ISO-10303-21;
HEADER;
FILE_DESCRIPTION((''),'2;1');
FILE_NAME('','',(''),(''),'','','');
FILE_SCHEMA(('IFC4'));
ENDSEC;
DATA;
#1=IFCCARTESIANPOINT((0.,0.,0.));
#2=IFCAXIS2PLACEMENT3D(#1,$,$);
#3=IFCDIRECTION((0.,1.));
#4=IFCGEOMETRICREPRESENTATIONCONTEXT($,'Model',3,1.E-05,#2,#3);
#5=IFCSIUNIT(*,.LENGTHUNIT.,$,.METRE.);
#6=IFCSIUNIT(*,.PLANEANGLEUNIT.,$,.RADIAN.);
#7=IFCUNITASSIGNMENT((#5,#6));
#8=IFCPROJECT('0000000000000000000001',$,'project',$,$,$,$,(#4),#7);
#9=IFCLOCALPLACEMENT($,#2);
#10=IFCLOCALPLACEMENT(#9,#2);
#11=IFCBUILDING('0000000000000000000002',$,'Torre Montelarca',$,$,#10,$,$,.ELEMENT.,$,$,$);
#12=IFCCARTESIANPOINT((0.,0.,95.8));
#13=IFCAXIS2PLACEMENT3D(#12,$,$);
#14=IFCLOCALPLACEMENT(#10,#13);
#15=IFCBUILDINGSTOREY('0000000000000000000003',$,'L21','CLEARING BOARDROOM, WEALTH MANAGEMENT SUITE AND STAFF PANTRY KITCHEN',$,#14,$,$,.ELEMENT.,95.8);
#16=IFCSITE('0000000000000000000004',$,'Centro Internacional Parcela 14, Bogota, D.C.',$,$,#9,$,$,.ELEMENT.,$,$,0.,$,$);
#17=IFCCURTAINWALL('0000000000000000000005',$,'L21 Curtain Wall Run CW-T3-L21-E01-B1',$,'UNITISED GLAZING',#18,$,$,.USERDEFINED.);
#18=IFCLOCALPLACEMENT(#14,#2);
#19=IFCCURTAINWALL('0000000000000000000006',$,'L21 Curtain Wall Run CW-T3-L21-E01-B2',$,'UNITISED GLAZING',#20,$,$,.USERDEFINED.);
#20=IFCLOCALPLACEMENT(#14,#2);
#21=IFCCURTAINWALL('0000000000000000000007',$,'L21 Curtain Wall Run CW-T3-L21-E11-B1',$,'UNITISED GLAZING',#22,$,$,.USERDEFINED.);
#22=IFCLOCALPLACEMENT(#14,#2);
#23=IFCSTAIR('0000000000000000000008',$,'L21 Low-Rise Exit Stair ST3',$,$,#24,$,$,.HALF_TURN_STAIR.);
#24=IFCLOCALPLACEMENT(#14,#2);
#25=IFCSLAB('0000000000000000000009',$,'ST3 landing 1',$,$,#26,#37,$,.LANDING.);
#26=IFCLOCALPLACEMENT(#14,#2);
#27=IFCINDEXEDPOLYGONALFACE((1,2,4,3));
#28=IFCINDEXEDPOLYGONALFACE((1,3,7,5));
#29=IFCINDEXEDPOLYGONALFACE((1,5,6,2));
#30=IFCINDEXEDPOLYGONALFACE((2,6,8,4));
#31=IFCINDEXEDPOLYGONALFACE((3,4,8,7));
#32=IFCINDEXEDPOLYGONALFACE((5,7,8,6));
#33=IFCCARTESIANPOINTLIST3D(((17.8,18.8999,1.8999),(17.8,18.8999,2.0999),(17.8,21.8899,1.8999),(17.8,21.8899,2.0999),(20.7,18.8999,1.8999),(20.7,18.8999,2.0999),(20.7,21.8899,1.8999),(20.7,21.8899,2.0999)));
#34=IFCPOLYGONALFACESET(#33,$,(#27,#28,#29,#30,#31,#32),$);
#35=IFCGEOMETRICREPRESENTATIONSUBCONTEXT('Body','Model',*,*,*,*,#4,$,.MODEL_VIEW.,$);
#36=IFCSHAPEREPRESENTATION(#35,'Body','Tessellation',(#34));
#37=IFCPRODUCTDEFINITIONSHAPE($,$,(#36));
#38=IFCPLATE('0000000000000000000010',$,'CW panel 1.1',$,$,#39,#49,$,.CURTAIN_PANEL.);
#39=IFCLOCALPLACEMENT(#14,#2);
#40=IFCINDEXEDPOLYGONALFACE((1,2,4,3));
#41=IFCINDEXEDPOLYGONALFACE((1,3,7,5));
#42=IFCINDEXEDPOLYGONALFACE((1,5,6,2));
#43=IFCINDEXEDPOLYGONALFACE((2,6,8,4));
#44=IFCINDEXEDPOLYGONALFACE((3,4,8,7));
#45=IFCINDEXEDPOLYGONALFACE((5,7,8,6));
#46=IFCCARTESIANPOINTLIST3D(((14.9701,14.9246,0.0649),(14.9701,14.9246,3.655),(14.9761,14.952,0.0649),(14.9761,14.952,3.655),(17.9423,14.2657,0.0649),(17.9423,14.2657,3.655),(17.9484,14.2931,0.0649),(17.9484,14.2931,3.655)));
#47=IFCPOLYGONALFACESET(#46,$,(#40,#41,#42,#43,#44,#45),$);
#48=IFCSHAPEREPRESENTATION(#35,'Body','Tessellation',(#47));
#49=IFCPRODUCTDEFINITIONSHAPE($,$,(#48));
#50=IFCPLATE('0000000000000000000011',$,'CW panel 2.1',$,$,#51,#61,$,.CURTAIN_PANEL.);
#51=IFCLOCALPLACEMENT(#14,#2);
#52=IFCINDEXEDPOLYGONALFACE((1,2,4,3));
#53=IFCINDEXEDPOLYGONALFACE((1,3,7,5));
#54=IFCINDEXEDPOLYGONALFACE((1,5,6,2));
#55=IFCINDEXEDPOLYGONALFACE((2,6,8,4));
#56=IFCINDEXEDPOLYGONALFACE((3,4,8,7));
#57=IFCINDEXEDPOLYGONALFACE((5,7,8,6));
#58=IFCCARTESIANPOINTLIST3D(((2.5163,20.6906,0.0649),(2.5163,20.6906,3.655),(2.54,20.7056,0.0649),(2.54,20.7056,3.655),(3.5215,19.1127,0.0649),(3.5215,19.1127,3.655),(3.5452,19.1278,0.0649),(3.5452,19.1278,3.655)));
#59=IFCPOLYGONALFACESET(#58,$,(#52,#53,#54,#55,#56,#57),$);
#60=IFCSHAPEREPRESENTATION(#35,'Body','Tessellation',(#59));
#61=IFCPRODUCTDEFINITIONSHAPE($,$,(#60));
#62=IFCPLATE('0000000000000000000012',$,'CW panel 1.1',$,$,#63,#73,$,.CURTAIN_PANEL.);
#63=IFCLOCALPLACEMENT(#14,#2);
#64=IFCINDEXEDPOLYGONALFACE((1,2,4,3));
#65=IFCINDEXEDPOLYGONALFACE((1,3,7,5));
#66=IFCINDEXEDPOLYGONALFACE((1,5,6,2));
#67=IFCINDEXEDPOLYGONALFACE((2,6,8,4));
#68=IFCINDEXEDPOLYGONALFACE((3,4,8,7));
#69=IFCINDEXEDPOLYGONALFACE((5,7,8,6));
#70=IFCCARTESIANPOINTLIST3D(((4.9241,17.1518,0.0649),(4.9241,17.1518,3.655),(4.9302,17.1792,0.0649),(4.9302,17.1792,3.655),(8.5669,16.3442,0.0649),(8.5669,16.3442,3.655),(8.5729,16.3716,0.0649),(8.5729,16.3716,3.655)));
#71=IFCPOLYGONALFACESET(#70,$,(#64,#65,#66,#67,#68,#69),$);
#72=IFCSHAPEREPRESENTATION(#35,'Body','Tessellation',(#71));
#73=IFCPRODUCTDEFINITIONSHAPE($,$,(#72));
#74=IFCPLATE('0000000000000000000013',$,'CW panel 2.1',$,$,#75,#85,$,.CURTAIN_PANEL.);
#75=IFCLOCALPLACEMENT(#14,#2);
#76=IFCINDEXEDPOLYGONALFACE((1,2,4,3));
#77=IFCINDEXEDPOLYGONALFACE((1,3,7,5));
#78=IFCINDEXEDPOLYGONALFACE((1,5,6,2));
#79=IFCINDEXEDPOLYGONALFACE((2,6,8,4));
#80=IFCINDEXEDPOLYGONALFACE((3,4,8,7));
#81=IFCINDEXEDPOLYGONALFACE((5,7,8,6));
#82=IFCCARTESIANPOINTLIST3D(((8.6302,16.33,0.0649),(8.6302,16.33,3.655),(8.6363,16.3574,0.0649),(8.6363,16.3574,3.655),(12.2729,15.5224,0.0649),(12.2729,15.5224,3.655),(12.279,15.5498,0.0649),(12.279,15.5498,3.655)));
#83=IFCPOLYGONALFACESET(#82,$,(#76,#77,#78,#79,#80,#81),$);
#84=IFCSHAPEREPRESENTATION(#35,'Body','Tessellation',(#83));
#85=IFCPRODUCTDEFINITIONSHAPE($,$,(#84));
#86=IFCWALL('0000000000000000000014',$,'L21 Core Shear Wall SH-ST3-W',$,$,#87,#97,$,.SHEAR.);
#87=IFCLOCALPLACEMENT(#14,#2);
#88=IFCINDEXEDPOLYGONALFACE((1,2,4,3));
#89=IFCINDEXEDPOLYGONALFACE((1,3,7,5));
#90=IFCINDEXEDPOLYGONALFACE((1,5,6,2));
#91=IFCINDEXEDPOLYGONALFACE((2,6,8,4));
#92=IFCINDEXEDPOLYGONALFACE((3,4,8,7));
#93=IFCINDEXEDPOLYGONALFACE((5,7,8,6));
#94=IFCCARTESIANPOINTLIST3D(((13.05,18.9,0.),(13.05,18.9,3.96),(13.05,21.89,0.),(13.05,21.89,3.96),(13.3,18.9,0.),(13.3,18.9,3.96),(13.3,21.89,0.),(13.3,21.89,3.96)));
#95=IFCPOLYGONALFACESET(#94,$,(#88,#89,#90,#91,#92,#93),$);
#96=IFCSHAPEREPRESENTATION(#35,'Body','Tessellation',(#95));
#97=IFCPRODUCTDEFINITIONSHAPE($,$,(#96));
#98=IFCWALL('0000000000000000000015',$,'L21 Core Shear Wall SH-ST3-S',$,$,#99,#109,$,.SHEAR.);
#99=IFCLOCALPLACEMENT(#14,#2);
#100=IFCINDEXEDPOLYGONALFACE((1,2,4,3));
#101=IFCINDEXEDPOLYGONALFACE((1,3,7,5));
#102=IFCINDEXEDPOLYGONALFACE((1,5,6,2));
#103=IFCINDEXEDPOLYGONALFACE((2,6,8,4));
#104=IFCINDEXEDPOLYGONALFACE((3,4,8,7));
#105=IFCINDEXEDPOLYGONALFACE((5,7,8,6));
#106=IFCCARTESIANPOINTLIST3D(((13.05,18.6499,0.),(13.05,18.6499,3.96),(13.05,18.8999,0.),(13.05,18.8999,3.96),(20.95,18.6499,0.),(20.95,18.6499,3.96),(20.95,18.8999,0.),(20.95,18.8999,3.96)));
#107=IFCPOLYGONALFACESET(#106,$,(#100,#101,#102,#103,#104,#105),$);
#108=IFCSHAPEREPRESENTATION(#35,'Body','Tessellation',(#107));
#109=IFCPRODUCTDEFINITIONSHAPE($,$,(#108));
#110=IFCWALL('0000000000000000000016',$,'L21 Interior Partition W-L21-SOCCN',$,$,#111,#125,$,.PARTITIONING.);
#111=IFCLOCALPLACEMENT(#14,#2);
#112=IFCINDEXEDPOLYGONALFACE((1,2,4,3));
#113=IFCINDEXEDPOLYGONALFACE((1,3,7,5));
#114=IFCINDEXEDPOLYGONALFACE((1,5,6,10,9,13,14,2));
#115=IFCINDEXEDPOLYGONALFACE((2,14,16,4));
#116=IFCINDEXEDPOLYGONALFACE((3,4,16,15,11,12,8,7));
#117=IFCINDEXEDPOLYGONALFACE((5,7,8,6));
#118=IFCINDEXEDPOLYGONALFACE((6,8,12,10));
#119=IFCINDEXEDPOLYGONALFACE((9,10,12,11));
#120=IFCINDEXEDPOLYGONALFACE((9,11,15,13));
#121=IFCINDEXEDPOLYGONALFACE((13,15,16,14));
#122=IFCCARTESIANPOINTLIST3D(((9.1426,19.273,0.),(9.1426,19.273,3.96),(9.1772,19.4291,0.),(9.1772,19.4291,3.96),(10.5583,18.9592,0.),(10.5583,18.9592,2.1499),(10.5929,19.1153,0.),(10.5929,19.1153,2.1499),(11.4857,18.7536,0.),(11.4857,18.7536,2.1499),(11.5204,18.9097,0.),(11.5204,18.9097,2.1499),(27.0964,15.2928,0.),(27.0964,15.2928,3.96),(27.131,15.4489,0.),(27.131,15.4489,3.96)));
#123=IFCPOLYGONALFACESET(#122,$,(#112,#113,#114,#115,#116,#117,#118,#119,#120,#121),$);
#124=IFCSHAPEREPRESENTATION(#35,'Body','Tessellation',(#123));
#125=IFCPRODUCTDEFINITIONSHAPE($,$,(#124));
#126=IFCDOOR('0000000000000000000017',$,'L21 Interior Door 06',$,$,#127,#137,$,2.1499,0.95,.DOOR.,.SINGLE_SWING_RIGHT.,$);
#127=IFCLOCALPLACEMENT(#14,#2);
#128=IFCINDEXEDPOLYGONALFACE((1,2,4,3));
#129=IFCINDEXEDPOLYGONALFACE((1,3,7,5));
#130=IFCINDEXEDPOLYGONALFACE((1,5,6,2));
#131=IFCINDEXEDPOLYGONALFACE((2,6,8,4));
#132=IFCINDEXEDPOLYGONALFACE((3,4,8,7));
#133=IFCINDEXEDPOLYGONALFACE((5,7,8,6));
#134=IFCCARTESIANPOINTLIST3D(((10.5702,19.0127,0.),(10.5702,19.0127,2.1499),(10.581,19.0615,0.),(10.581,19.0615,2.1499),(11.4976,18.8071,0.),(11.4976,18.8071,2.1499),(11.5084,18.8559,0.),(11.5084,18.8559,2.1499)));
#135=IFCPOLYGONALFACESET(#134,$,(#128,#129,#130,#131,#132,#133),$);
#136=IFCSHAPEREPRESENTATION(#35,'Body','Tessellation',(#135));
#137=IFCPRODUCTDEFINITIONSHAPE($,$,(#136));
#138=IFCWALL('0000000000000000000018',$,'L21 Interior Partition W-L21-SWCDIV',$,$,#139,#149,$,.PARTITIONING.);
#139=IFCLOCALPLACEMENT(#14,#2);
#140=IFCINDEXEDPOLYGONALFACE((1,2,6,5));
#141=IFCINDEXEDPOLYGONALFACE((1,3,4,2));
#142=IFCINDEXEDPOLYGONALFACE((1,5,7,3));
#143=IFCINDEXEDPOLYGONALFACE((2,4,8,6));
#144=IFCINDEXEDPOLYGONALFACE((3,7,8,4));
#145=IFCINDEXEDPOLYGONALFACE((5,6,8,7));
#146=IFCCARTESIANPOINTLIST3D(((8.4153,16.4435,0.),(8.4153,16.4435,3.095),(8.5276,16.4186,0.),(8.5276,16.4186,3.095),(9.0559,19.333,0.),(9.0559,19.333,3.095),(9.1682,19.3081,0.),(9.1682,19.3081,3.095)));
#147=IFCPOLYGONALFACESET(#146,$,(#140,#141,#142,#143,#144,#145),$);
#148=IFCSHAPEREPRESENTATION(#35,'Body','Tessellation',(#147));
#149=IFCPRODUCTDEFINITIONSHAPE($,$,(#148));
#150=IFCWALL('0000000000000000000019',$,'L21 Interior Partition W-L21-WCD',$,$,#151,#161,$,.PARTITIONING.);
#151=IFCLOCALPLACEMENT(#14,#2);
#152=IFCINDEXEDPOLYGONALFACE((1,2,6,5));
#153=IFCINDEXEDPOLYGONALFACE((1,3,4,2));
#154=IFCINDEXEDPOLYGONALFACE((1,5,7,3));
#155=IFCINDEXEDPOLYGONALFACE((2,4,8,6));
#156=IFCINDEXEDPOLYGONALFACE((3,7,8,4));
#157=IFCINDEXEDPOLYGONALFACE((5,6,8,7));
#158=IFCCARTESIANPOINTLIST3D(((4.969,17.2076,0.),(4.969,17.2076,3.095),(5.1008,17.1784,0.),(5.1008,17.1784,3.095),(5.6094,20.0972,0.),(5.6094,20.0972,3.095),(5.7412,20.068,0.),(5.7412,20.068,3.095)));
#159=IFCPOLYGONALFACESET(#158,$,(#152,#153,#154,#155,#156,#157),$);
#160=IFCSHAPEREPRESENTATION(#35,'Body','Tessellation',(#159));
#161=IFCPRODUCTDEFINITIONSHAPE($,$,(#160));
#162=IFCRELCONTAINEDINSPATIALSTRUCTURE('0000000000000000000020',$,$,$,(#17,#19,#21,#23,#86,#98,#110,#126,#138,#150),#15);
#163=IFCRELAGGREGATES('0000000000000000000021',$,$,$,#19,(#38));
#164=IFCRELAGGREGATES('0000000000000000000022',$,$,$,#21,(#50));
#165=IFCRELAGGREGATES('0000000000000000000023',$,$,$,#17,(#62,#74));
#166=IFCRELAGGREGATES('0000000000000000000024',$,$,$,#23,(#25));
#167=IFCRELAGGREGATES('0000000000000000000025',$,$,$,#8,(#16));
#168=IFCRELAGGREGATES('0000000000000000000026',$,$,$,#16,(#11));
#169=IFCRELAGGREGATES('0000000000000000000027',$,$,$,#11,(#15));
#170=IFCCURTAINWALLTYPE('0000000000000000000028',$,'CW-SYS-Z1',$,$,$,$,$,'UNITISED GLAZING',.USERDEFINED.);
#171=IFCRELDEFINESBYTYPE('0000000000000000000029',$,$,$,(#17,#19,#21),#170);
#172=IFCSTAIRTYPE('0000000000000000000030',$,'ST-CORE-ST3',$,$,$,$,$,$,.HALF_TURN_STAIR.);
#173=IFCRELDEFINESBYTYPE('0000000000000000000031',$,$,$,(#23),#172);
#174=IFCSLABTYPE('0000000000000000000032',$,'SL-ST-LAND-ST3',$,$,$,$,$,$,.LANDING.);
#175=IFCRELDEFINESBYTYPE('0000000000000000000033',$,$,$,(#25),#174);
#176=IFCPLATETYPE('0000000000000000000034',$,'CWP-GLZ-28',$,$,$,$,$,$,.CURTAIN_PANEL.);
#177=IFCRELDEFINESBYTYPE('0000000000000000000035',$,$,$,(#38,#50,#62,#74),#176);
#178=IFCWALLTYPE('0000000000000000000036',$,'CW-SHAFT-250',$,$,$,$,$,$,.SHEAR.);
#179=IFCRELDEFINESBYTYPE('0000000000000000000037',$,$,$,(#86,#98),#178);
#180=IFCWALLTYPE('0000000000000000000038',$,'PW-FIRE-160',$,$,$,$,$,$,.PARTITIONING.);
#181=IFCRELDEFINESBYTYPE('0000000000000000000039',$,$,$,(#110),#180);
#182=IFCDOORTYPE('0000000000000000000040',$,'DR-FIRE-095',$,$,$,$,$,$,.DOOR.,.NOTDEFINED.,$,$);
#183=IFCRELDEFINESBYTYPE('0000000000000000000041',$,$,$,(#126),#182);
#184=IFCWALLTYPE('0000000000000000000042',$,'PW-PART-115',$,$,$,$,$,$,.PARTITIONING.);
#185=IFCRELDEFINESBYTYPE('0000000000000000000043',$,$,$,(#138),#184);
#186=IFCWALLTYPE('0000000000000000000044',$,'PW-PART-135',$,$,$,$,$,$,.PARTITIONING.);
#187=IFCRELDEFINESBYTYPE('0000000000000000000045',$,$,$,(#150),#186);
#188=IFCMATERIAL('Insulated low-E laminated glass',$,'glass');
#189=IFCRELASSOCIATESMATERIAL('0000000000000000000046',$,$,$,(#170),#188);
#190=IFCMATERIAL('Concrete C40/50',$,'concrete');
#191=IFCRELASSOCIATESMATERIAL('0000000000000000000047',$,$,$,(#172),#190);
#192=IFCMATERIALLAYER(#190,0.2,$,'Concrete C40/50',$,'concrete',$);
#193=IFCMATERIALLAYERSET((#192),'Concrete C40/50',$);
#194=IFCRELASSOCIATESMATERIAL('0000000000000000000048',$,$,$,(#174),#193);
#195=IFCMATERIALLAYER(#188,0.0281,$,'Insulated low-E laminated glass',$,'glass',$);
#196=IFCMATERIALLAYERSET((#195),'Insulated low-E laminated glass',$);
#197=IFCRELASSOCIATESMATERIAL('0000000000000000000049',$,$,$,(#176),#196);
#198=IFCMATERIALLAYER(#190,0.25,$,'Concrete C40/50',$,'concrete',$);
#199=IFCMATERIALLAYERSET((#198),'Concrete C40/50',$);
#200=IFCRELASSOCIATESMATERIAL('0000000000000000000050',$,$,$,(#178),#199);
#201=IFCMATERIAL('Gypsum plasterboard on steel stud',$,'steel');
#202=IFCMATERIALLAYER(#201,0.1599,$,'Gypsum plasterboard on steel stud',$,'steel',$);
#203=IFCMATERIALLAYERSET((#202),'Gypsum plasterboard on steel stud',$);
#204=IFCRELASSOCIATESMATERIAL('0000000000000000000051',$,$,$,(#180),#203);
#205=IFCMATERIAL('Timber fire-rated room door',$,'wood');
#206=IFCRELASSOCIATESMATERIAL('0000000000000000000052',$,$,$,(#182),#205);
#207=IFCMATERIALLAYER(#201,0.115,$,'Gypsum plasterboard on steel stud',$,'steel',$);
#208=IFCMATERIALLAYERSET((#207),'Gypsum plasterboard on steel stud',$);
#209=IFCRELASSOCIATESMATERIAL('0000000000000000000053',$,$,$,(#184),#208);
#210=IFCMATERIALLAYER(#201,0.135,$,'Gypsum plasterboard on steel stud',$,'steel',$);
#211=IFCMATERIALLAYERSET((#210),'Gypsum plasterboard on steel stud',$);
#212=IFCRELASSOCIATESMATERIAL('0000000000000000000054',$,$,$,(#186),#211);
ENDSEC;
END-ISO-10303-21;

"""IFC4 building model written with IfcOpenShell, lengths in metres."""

from ifc_helpers import new_model, si_unit, direction, frame, frame_2d, origin, origin_2d, place, context, subcontext, project, spatial, polyline, rectangle, outline, extrude, source, transform, mapped, material, layer, layer_set, type_object, element, fill, aggregate, save


model = new_model("IFC4")

# Units and contexts
model_context = context("Model", 3, precision=1e-05, world=origin(), true_north=direction((0.0, 1.0)))
body_context = subcontext(model_context, "Body", "Model", "MODEL_VIEW")
ifc_project = project(units=[si_unit("LENGTHUNIT", "METRE"), si_unit("PLANEANGLEUNIT", "RADIAN")], contexts=[model_context])

# Site, building, storey
site_placement = place(None, origin())
site = spatial("IfcSite", under=ifc_project, at=site_placement, Name="Centro Internacional Parcela 14, Bogota, D.C.", CompositionType="ELEMENT", RefElevation=0.0)
building_placement = place(site_placement, origin())
building = spatial("IfcBuilding", under=site, at=building_placement, Name="Torre Montelarca", CompositionType="ELEMENT")
storey_placement = place(building_placement, frame((0.0, 0.0, 95.8)))
storey = spatial("IfcBuildingStorey", under=building, at=storey_placement, Name="L21", Description="CLEARING BOARDROOM, WEALTH MANAGEMENT SUITE AND STAFF PANTRY KITCHEN", CompositionType="ELEMENT", Elevation=95.8)

# Curtain walls
ifc_material_1 = material(Name="Insulated low-E laminated glass", Category="glass")
curtain_wall_type = type_object("IfcCurtainWallType", Name="CW-SYS-Z1", ElementType="UNITISED GLAZING", PredefinedType="USERDEFINED", material=ifc_material_1)
curtain_wall_1_placement = place(storey_placement, origin())
curtain_wall_1 = element("IfcCurtainWall", 1, at=curtain_wall_1_placement, inside=storey, type_object=curtain_wall_type, Name="L21 Curtain Wall Run CW-T3-L21-E01-B1", ObjectType="UNITISED GLAZING", PredefinedType="USERDEFINED")
curtain_wall_2_placement = place(storey_placement, origin())
curtain_wall_2 = element("IfcCurtainWall", 2, at=curtain_wall_2_placement, inside=storey, type_object=curtain_wall_type, Name="L21 Curtain Wall Run CW-T3-L21-E01-B2", ObjectType="UNITISED GLAZING", PredefinedType="USERDEFINED")

# Curtain wall
curtain_wall_3_placement = place(storey_placement, origin())
curtain_wall_3 = element("IfcCurtainWall", 3, at=curtain_wall_3_placement, inside=storey, type_object=curtain_wall_type, Name="L21 Curtain Wall Run CW-T3-L21-E11-B1", ObjectType="UNITISED GLAZING", PredefinedType="USERDEFINED")

# Shared definitions
ifc_material_2 = material(Name="Concrete C40/50", Category="concrete")

# Stair, slab
stair_type_1 = type_object("IfcStairType", Name="ST-CORE-ST3", PredefinedType="HALF_TURN_STAIR", material=ifc_material_2)
stair_1_placement = place(storey_placement, origin())
stair_1 = element("IfcStair", 4, at=stair_1_placement, inside=storey, type_object=stair_type_1, Name="L21 Low-Rise Exit Stair ST3", PredefinedType="HALF_TURN_STAIR")
ifc_layer_1 = layer(ifc_material_2, 0.2, Name="Concrete C40/50", Category="concrete")
ifc_layer_set_1 = layer_set([ifc_layer_1], Name="Concrete C40/50")
slab_type_1 = type_object("IfcSlabType", Name="SL-ST-LAND-ST3", PredefinedType="LANDING", material=ifc_layer_set_1)
slab_1_placement = place(storey_placement, frame((0.0, 0.0, 1.8999)))
slab_1 = element("IfcSlab", 5, at=slab_1_placement, type_object=slab_type_1, Name="ST3 landing 1", PredefinedType="LANDING", context=body_context, shape_type="SweptSolid", body=[
    extrude(outline(polyline([(17.8, 18.8999), (20.7, 18.8999), (20.7, 21.8899), (17.8, 21.8899), (17.8, 18.8999)])), origin(), (0.0, 0.0, 1.0), 0.2),
])

# Plates
ifc_layer_2 = layer(ifc_material_1, 0.0281, Name="Insulated low-E laminated glass", Category="glass")
ifc_layer_set_2 = layer_set([ifc_layer_2], Name="Insulated low-E laminated glass")
plate_type = type_object("IfcPlateType", Name="CWP-GLZ-28", PredefinedType="CURTAIN_PANEL", material=ifc_layer_set_2)
shared_shape_1 = source(origin(), body_context, "Body", "SweptSolid", [
    extrude(rectangle(XDim=3.0444, YDim=0.0281, at=origin_2d()), origin(), (0.0, 0.0, 1.0), 3.5901),
])
plate_1_placement = place(storey_placement, frame((16.4592, 14.6089, 0.0649), z_axis=(0.0, 0.0, 1.0), x_axis=(0.976299, -0.216428, 0.0)))
plate_1 = element("IfcPlate", 6, at=plate_1_placement, type_object=plate_type, Name="CW panel 1.1", PredefinedType="CURTAIN_PANEL", context=body_context, shape_type="MappedRepresentation", body=[
    mapped(shared_shape_1, transform((0.0, 0.0, 0.0), scale=1.0)),
])
aggregate(curtain_wall_2, [plate_1])
shared_shape_2 = source(origin(), body_context, "Body", "SweptSolid", [
    extrude(rectangle(XDim=1.8708, YDim=0.0281, at=origin_2d()), origin(), (0.0, 0.0, 1.0), 3.5901),
])
plate_2_placement = place(storey_placement, frame((3.0308, 19.9092, 0.0649), z_axis=(0.0, 0.0, 1.0), x_axis=(0.537318, -0.84338, 0.0)))
plate_2 = element("IfcPlate", 7, at=plate_2_placement, type_object=plate_type, Name="CW panel 2.1", PredefinedType="CURTAIN_PANEL", context=body_context, shape_type="MappedRepresentation", body=[
    mapped(shared_shape_2, transform((0.0, 0.0, 0.0), scale=1.0)),
])
aggregate(curtain_wall_3, [plate_2])
shared_shape_3 = source(origin(), body_context, "Body", "SweptSolid", [
    extrude(rectangle(XDim=3.7312, YDim=0.0281, at=origin_2d()), origin(), (0.0, 0.0, 1.0), 3.5901),
])
plate_3_placement = place(storey_placement, frame((6.7485, 16.7617, 0.0649), z_axis=(0.0, 0.0, 1.0), x_axis=(0.976294, -0.216446, 0.0)))
plate_3 = element("IfcPlate", 8, at=plate_3_placement, type_object=plate_type, Name="CW panel 1.1", PredefinedType="CURTAIN_PANEL", context=body_context, shape_type="MappedRepresentation", body=[
    mapped(shared_shape_3, transform((0.0, 0.0, 0.0), scale=1.0)),
])
plate_4_placement = place(storey_placement, frame((10.4546, 15.9399, 0.0649), z_axis=(0.0, 0.0, 1.0), x_axis=(0.976294, -0.216446, 0.0)))
plate_4 = element("IfcPlate", 9, at=plate_4_placement, type_object=plate_type, Name="CW panel 2.1", PredefinedType="CURTAIN_PANEL", context=body_context, shape_type="MappedRepresentation", body=[
    mapped(shared_shape_3, transform((0.0, 0.0, 0.0), scale=1.0)),
])
aggregate(curtain_wall_1, [plate_3, plate_4])

# Walls
ifc_layer_3 = layer(ifc_material_2, 0.25, Name="Concrete C40/50", Category="concrete")
ifc_layer_set_3 = layer_set([ifc_layer_3], Name="Concrete C40/50")
wall_type_1 = type_object("IfcWallType", Name="CW-SHAFT-250", PredefinedType="SHEAR", material=ifc_layer_set_3)
wall_1_placement = place(storey_placement, frame((13.175, 18.8999, 0.0), z_axis=(0.0, 0.0, 1.0), x_axis=(0.0, 1.0, 0.0)))
element("IfcWall", 10, at=wall_1_placement, inside=storey, type_object=wall_type_1, Name="L21 Core Shear Wall SH-ST3-W", PredefinedType="SHEAR", context=body_context, shape_type="SweptSolid", body=[
    extrude(rectangle(XDim=2.99, YDim=0.25, at=frame_2d((1.4951, 0.0))), origin(), (0.0, 0.0, 1.0), 3.96),
])
wall_2_placement = place(storey_placement, frame((13.05, 18.7749, 0.0), z_axis=(0.0, 0.0, 1.0), x_axis=(1.0, 0.0, 0.0)))
element("IfcWall", 11, at=wall_2_placement, inside=storey, type_object=wall_type_1, Name="L21 Core Shear Wall SH-ST3-S", PredefinedType="SHEAR", context=body_context, shape_type="SweptSolid", body=[
    extrude(rectangle(XDim=7.8999, YDim=0.25, at=frame_2d((3.95, 0.0))), origin(), (0.0, 0.0, 1.0), 3.96),
])

# Wall, opening, door
ifc_material_3 = material(Name="Gypsum plasterboard on steel stud", Category="steel")
ifc_layer_4 = layer(ifc_material_3, 0.1599, Name="Gypsum plasterboard on steel stud", Category="steel")
ifc_layer_set_4 = layer_set([ifc_layer_4], Name="Gypsum plasterboard on steel stud")
wall_type_2 = type_object("IfcWallType", Name="PW-FIRE-160", PredefinedType="PARTITIONING", material=ifc_layer_set_4)
wall_3_placement = place(storey_placement, frame((9.1599, 19.3511, 0.0), z_axis=(0.0, 0.0, 1.0), x_axis=(0.976297, -0.216437, 0.0)))
wall_3 = element("IfcWall", 12, at=wall_3_placement, inside=storey, type_object=wall_type_2, Name="L21 Interior Partition W-L21-SOCCN", PredefinedType="PARTITIONING", context=body_context, shape_type="SweptSolid", body=[
    extrude(rectangle(XDim=18.3896, YDim=0.1599, at=frame_2d((9.1948, 0.0))), origin(), (0.0, 0.0, 1.0), 3.96),
])
opening_placement = place(wall_3_placement, frame((1.45, 0.0, 0.0)))
opening = element("IfcOpeningElement", 13, at=opening_placement, cuts=wall_3, PredefinedType="OPENING", context=body_context, shape_type="SweptSolid", body=[
    extrude(rectangle(XDim=0.95, YDim=2.1499, at=frame_2d((0.4751, 1.075))), frame((0.0, 0.0898, 0.0), z_axis=(0.0, -1.0, 0.0), x_axis=(1.0, 0.0, 0.0)), (0.0, 0.0, 1.0), 0.1799),
])
ifc_material_4 = material(Name="Timber fire-rated room door", Category="wood")
door_type = type_object("IfcDoorType", Name="DR-FIRE-095", OperationType="NOTDEFINED", PredefinedType="DOOR", material=ifc_material_4)
shared_shape_4 = source(origin(), body_context, "Body", "SweptSolid", [
    extrude(rectangle(XDim=0.95, YDim=2.1499, at=frame_2d((0.4751, 1.075))), frame((0.0, 0.0249, 0.0), z_axis=(0.0, -1.0, 0.0), x_axis=(1.0, 0.0, 0.0)), (0.0, 0.0, 1.0), 0.05),
])
door_placement = place(opening_placement, origin())
door = element("IfcDoor", 14, at=door_placement, inside=storey, type_object=door_type, Name="L21 Interior Door 06", OperationType="SINGLE_SWING_RIGHT", OverallHeight=2.1499, OverallWidth=0.95, PredefinedType="DOOR", context=body_context, shape_type="MappedRepresentation", body=[
    mapped(shared_shape_4, transform((0.0, 0.0, 0.0), scale=1.0)),
])
fill(opening, door)

# Walls
ifc_layer_5 = layer(ifc_material_3, 0.115, Name="Gypsum plasterboard on steel stud", Category="steel")
ifc_layer_set_5 = layer_set([ifc_layer_5], Name="Gypsum plasterboard on steel stud")
wall_type_3 = type_object("IfcWallType", Name="PW-PART-115", PredefinedType="PARTITIONING", material=ifc_layer_set_5)
wall_4_placement = place(storey_placement, frame((8.4714, 16.4309, 0.0), z_axis=(0.0, 0.0, 1.0), x_axis=(0.216441, 0.976296, 0.0)))
element("IfcWall", 15, at=wall_4_placement, inside=storey, type_object=wall_type_3, Name="L21 Interior Partition W-L21-SWCDIV", PredefinedType="PARTITIONING", context=body_context, shape_type="SweptSolid", body=[
    extrude(rectangle(XDim=2.9597, YDim=0.115, at=frame_2d((1.48, 0.0))), origin(), (0.0, 0.0, 1.0), 3.095),
])
ifc_layer_6 = layer(ifc_material_3, 0.135, Name="Gypsum plasterboard on steel stud", Category="steel")
ifc_layer_set_6 = layer_set([ifc_layer_6], Name="Gypsum plasterboard on steel stud")
wall_type_4 = type_object("IfcWallType", Name="PW-PART-135", PredefinedType="PARTITIONING", material=ifc_layer_set_6)
wall_5_placement = place(storey_placement, frame((5.0349, 17.1929, 0.0), z_axis=(0.0, 0.0, 1.0), x_axis=(0.216363, 0.976313, 0.0)))
element("IfcWall", 16, at=wall_5_placement, inside=storey, type_object=wall_type_4, Name="L21 Interior Partition W-L21-WCD", PredefinedType="PARTITIONING", context=body_context, shape_type="SweptSolid", body=[
    extrude(rectangle(XDim=2.9597, YDim=0.135, at=frame_2d((1.48, 0.0))), origin(), (0.0, 0.0, 1.0), 3.095),
])

aggregate(stair_1, [slab_1])

save(model, "model.ifc")
